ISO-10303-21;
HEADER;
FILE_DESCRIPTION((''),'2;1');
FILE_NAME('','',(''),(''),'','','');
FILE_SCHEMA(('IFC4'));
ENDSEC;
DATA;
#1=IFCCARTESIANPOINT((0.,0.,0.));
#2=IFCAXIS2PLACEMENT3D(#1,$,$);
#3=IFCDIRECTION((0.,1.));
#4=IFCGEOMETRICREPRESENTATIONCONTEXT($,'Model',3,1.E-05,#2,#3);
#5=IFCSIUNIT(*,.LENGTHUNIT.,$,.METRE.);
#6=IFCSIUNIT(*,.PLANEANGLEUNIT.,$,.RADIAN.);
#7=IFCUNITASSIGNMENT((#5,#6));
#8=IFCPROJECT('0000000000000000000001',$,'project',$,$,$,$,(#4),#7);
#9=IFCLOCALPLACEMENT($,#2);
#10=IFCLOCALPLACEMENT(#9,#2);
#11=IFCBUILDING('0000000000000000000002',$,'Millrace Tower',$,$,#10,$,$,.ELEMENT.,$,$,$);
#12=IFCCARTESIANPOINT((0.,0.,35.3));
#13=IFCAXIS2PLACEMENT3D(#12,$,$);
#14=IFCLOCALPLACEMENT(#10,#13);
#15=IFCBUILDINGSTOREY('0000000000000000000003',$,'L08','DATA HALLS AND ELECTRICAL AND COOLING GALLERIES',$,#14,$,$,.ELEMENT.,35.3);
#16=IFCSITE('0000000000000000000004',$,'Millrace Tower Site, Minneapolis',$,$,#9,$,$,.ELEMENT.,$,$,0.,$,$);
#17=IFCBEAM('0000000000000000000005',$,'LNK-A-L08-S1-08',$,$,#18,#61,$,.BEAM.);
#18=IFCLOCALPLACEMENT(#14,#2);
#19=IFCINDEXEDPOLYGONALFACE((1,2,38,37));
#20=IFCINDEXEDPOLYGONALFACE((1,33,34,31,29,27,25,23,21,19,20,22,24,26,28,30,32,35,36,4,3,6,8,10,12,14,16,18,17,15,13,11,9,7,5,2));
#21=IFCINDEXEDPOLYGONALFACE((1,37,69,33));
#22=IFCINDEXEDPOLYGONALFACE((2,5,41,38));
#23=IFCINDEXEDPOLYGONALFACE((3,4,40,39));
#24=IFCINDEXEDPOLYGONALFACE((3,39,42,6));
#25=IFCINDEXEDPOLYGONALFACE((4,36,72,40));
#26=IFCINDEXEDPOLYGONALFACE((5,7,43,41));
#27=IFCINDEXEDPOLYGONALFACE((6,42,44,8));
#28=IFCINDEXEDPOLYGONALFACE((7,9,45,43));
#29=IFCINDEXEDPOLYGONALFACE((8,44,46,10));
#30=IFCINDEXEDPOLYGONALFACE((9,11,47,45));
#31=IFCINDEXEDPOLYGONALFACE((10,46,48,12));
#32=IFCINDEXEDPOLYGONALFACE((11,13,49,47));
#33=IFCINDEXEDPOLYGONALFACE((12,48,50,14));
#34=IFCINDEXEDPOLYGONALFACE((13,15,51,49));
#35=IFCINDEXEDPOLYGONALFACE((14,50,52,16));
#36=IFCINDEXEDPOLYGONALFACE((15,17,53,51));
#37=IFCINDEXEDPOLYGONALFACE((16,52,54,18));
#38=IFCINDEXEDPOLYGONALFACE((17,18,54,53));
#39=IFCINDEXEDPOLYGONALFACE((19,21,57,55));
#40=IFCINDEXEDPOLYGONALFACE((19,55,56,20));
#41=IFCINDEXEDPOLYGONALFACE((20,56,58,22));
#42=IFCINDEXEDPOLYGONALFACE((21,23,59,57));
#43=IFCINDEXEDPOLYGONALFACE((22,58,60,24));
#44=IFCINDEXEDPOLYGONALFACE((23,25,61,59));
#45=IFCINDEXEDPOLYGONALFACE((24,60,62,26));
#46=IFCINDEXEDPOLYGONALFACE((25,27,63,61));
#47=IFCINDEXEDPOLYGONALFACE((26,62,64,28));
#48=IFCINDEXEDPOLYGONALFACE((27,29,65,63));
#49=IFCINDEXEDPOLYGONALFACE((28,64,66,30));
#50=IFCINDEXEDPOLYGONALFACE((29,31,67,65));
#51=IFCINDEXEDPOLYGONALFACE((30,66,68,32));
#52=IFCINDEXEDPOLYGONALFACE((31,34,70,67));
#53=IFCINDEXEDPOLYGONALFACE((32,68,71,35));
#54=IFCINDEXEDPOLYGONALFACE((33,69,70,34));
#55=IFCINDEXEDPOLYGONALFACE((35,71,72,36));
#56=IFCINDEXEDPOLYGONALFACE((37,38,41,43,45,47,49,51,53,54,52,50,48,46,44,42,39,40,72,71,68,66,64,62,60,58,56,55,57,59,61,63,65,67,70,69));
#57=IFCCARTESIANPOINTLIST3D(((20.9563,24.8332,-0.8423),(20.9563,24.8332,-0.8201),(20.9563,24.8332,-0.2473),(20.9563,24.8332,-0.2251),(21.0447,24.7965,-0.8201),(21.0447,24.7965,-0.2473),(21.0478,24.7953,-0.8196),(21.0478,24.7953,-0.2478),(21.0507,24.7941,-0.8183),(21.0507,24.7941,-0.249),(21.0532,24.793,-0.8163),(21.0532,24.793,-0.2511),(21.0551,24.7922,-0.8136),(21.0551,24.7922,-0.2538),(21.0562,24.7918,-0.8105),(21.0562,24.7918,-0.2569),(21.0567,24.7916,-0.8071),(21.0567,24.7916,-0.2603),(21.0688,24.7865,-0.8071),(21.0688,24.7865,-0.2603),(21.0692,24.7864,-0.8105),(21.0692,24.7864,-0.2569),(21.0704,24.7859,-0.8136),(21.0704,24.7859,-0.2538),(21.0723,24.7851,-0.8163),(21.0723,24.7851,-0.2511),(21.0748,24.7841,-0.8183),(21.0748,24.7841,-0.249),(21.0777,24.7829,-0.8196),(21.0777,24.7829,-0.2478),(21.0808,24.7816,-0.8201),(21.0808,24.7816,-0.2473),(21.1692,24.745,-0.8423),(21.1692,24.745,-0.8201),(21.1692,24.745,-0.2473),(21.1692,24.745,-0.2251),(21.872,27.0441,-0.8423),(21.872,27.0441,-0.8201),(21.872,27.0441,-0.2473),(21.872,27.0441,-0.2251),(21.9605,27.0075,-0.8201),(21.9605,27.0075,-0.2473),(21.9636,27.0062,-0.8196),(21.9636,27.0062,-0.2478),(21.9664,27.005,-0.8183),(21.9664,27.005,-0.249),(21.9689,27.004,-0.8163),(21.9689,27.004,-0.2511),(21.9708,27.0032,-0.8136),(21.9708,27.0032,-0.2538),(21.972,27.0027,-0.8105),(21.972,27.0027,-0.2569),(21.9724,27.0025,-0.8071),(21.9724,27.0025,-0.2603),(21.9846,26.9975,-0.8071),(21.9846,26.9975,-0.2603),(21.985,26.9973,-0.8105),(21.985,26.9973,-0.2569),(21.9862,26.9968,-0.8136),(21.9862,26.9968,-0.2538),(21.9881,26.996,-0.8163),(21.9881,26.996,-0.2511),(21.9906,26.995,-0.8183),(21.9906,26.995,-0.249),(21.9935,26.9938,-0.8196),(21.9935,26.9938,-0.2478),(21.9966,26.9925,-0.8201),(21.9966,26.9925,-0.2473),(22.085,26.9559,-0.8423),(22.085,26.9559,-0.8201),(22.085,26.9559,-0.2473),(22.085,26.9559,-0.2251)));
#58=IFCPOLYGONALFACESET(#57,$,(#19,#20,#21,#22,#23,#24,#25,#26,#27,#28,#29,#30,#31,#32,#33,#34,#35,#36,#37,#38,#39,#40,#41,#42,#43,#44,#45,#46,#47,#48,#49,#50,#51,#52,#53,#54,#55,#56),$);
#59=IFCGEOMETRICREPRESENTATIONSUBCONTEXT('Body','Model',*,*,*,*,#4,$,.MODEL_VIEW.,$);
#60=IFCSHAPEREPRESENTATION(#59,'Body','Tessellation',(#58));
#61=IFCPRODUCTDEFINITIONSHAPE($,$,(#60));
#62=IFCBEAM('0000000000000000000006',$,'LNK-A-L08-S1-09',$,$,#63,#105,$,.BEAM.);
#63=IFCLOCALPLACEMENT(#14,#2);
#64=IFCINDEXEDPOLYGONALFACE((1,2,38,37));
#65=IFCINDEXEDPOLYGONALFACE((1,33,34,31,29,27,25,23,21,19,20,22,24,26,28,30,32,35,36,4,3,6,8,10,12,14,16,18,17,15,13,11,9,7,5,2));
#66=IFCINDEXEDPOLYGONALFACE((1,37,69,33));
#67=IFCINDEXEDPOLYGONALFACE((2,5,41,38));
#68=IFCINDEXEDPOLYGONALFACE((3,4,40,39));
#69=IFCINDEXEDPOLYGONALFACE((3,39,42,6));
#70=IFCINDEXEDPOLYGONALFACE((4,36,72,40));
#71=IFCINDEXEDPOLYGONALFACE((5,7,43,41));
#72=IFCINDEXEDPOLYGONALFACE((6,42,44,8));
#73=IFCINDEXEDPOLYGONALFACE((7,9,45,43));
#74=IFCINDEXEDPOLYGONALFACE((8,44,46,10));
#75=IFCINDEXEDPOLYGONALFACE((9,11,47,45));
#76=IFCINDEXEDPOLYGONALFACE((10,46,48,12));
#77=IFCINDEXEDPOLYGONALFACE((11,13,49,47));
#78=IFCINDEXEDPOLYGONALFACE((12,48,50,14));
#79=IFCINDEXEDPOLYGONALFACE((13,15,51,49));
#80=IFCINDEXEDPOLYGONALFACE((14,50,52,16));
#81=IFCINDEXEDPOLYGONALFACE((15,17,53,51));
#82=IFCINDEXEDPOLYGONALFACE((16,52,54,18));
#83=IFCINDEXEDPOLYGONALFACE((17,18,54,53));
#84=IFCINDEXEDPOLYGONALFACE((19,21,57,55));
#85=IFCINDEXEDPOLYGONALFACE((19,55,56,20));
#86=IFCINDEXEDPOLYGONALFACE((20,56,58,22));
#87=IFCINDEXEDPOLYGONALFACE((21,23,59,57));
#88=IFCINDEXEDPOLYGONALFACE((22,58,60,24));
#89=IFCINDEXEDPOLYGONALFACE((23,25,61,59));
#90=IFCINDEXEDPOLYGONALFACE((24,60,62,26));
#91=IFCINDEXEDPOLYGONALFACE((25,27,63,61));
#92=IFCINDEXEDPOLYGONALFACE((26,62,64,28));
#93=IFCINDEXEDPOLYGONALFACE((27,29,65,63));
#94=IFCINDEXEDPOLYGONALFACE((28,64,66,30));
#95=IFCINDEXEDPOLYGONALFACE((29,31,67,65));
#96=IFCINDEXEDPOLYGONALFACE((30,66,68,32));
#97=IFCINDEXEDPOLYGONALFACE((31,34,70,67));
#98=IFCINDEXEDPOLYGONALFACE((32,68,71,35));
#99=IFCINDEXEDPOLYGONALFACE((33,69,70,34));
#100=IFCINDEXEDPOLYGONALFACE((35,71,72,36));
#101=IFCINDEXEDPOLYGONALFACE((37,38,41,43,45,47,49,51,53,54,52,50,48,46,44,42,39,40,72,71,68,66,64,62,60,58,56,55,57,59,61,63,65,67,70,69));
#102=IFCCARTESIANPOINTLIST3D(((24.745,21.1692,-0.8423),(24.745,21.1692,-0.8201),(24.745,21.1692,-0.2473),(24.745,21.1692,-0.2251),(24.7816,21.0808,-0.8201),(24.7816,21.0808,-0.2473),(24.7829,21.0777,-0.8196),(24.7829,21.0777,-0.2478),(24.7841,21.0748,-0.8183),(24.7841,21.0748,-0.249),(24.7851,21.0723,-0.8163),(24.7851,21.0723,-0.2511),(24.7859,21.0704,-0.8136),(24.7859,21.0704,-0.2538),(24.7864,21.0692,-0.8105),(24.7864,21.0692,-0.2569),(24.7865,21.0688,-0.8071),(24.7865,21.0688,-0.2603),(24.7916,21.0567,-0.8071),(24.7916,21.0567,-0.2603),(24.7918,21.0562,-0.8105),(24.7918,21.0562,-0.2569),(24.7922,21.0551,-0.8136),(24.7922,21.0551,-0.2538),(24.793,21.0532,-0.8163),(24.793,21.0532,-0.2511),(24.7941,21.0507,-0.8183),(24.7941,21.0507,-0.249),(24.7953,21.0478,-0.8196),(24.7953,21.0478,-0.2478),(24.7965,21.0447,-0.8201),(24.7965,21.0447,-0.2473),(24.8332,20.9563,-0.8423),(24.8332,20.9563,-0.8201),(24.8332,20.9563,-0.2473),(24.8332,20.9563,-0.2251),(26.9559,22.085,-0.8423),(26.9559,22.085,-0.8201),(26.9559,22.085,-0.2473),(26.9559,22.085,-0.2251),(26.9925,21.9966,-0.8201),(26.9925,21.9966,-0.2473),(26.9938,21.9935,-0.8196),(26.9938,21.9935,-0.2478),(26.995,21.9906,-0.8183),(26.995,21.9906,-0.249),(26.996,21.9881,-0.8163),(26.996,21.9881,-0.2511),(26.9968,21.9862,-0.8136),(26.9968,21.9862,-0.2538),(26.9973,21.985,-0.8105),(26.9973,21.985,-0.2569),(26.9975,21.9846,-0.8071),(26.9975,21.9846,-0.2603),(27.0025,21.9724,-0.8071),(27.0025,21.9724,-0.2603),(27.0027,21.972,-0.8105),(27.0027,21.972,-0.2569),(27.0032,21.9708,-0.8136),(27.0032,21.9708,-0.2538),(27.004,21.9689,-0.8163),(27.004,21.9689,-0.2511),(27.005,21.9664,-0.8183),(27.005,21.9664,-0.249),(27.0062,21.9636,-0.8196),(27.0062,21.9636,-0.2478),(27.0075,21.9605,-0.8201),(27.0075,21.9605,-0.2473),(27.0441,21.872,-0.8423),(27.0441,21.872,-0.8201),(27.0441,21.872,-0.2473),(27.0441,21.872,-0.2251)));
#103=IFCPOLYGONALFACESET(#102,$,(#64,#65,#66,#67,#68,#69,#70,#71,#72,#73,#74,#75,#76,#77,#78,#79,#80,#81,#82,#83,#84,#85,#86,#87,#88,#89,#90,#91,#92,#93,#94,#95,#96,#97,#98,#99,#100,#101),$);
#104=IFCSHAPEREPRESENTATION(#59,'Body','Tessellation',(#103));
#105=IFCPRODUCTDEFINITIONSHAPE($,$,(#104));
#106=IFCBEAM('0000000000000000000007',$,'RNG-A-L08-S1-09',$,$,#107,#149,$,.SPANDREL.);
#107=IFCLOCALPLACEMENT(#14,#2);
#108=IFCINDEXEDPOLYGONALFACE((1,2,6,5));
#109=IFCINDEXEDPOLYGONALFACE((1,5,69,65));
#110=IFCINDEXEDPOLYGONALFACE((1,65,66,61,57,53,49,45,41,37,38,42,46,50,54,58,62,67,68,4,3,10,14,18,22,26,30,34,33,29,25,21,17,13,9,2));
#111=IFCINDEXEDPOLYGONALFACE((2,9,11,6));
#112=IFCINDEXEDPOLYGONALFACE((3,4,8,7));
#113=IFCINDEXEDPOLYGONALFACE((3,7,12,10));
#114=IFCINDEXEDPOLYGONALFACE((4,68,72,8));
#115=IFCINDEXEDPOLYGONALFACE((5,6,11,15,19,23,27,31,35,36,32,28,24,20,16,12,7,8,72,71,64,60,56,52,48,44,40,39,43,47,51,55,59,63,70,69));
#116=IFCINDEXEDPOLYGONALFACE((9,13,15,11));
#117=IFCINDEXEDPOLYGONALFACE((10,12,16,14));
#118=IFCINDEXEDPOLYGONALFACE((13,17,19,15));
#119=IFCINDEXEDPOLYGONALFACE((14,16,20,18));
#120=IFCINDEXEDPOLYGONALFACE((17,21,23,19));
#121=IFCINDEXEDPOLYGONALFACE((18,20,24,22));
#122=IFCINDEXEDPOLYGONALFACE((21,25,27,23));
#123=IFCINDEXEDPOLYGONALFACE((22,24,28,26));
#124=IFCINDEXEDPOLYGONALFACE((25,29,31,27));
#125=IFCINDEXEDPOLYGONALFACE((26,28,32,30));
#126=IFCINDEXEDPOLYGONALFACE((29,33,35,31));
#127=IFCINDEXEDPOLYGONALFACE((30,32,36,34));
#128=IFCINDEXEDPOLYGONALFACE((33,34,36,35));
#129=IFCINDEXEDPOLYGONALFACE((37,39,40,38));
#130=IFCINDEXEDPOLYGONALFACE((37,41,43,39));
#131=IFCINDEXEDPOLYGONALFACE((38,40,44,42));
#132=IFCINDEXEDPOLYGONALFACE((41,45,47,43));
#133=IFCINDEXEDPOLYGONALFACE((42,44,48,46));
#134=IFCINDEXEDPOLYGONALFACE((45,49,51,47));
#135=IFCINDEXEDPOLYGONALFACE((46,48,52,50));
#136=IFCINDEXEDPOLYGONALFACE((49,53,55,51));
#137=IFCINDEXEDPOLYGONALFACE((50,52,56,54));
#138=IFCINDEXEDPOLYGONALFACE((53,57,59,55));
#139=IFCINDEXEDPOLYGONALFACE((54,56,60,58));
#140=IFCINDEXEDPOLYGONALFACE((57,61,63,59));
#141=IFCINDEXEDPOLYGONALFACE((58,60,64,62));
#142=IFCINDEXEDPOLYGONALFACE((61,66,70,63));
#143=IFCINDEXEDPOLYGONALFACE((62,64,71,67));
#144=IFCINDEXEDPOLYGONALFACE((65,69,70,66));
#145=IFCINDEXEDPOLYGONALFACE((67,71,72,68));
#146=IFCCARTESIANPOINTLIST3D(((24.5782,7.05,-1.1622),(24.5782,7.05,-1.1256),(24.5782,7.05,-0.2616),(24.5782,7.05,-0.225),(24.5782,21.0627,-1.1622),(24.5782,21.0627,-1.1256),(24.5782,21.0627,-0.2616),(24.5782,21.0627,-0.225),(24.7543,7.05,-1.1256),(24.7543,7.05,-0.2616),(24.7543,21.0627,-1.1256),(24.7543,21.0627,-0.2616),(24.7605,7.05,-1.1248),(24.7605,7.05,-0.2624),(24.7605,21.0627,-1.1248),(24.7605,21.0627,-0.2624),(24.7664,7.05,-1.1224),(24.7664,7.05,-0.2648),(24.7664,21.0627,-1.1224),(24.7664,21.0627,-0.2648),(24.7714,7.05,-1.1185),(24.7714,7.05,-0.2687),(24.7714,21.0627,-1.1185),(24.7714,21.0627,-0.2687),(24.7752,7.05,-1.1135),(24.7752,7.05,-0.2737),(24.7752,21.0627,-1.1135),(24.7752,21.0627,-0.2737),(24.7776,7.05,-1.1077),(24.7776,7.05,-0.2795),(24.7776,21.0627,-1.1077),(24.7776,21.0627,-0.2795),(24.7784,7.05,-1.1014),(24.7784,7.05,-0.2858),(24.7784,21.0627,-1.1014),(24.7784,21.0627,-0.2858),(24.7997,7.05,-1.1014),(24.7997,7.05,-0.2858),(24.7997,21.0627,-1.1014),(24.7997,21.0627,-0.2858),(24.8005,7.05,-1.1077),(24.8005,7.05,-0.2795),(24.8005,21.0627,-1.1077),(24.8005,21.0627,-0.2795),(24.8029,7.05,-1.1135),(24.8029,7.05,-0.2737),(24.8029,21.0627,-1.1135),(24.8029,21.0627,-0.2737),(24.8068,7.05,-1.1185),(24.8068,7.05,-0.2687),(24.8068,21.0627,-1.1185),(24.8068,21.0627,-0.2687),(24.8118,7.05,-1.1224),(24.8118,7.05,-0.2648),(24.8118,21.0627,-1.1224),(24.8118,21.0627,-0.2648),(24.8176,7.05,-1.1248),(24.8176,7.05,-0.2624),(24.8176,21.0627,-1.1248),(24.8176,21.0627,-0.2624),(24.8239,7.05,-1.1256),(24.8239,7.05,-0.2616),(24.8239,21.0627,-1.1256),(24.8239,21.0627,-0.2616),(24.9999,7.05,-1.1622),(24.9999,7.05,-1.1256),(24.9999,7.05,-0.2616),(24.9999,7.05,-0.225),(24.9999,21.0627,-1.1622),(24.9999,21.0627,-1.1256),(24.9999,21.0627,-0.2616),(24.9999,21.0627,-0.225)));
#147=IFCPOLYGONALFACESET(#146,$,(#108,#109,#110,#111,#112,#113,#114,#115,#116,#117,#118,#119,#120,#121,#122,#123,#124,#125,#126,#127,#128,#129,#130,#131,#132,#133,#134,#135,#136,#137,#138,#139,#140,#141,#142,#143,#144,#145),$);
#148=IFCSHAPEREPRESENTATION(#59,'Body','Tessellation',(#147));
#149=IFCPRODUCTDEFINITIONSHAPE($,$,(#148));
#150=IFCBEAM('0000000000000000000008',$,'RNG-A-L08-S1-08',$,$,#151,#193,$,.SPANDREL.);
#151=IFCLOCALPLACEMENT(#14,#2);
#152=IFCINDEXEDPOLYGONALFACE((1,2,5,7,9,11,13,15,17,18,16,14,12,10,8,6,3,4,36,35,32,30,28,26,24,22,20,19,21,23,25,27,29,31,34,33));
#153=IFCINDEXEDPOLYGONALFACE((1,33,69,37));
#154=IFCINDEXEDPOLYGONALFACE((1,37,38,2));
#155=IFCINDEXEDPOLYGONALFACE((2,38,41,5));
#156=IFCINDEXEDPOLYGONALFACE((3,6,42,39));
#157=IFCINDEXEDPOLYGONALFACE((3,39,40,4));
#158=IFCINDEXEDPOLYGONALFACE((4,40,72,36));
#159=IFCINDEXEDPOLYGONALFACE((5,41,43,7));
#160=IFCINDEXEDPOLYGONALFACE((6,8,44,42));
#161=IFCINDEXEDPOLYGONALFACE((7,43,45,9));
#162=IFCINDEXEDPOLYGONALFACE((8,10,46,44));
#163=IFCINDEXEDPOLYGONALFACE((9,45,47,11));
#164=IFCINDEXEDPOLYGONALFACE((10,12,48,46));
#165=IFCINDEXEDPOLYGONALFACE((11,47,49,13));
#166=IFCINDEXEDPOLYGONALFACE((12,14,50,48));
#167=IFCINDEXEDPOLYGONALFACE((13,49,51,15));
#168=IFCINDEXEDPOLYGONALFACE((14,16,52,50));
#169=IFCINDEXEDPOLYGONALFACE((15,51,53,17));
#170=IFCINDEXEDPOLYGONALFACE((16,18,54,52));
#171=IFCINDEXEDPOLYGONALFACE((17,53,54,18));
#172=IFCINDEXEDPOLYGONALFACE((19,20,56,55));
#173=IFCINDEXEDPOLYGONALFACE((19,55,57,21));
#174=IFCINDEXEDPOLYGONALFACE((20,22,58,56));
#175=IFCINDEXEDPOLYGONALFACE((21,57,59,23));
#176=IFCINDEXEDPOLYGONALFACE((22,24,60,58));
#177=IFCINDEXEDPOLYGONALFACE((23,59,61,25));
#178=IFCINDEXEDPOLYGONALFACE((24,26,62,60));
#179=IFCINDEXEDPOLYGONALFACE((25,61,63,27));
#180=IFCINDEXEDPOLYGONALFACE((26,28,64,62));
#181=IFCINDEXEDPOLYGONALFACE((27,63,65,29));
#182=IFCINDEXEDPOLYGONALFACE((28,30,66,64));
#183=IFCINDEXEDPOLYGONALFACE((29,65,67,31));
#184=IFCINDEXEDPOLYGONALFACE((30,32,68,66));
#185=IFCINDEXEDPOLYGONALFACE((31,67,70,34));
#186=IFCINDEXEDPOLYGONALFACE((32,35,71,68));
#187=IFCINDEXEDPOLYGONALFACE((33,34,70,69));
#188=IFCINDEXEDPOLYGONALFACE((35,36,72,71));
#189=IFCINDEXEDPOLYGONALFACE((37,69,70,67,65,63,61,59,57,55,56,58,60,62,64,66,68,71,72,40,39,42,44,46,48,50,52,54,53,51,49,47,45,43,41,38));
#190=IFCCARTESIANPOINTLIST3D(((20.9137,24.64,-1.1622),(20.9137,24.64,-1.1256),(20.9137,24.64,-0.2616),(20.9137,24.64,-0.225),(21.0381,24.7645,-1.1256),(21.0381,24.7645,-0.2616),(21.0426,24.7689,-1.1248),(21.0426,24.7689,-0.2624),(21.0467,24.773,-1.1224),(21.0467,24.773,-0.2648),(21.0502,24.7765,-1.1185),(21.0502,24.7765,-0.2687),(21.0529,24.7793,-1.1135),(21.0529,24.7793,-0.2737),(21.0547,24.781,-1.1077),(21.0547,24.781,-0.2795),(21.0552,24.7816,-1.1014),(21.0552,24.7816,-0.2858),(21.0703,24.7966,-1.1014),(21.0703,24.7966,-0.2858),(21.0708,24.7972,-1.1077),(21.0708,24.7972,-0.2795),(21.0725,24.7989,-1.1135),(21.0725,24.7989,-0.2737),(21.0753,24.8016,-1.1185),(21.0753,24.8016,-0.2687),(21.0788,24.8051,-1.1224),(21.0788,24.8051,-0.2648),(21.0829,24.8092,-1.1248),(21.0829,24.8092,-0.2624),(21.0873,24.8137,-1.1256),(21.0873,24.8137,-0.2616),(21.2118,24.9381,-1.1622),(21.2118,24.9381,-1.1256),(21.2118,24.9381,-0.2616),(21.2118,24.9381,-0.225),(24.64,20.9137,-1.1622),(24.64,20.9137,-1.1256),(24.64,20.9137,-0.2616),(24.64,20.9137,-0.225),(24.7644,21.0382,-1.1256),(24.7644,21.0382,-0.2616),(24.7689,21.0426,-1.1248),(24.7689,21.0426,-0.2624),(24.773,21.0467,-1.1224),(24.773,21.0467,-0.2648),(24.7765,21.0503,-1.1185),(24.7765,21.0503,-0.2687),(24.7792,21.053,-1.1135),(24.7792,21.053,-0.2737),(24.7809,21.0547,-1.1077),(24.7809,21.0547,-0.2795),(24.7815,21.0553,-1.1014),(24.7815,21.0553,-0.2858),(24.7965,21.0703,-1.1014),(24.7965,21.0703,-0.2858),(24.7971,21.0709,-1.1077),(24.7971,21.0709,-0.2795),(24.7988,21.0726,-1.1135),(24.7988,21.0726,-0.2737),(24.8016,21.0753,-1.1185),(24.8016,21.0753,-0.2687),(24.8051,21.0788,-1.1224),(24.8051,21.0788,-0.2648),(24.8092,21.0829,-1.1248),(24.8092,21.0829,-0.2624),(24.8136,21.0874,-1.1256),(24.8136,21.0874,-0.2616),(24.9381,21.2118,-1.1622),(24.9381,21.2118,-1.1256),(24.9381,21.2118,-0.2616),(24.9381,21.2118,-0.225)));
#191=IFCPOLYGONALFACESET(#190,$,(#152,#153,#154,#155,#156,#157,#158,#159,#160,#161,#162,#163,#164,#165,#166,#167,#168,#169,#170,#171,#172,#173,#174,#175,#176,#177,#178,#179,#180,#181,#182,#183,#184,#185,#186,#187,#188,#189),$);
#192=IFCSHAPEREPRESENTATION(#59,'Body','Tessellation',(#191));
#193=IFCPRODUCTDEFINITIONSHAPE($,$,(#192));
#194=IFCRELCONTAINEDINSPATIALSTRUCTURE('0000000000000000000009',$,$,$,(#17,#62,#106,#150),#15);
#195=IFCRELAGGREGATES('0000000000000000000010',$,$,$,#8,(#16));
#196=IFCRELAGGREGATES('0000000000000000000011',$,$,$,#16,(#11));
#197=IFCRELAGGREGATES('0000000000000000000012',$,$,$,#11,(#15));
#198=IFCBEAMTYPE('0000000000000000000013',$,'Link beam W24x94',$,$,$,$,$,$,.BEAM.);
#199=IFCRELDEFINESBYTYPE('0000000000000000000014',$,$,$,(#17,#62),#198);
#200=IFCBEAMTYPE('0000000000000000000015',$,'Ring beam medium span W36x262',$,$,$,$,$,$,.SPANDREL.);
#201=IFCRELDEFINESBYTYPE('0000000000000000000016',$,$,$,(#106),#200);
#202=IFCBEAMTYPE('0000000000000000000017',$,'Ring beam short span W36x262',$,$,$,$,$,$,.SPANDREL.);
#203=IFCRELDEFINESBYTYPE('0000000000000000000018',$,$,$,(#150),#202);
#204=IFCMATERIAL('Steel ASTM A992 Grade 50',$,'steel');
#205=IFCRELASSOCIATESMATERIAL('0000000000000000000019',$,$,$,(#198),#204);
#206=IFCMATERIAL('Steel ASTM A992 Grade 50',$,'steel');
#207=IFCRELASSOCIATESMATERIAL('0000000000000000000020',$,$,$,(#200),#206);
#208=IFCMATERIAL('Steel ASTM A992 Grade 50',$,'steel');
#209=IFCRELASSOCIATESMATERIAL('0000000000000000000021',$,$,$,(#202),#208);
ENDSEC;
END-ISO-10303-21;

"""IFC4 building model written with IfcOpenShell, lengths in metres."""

from ifc_helpers import new_model, si_unit, direction, frame, origin, origin_2d, place, context, subcontext, project, spatial, i_section, extrude, material, material_profile, profile_set, type_object, element, save


model = new_model("IFC4")

# Units and contexts
model_context = context("Model", 3, precision=1e-05, world=origin(), true_north=direction((0.0, 1.0)))
body_context = subcontext(model_context, "Body", "Model", "MODEL_VIEW")
ifc_project = project(units=[si_unit("LENGTHUNIT", "METRE"), si_unit("PLANEANGLEUNIT", "RADIAN")], contexts=[model_context])

# Site, building, storey
site_placement = place(None, origin())
site = spatial("IfcSite", under=ifc_project, at=site_placement, Name="Millrace Tower Site, Minneapolis", CompositionType="ELEMENT", RefElevation=0.0)
building_placement = place(site_placement, origin())
building = spatial("IfcBuilding", under=site, at=building_placement, Name="Millrace Tower", CompositionType="ELEMENT")
storey_placement = place(building_placement, frame((0.0, 0.0, 35.3)))
storey = spatial("IfcBuildingStorey", under=building, at=storey_placement, Name="L08", Description="DATA HALLS AND ELECTRICAL AND COOLING GALLERIES", CompositionType="ELEMENT", Elevation=35.3)

# Beams
ifc_material_1 = material(Name="Steel ASTM A992 Grade 50", Category="steel")
ifc_material_profile_1 = material_profile(ifc_material_1, i_section(OverallWidth=0.2305, OverallDepth=0.6172, WebThickness=0.0132, FlangeThickness=0.0222, FilletRadius=0.0129, at=origin_2d()))
ifc_profile_set_1 = profile_set([ifc_material_profile_1], Name="Steel ASTM A992 Grade 50")
beam_type_1 = type_object("IfcBeamType", Name="Link beam W24x94", PredefinedType="BEAM", material=ifc_profile_set_1)
for number, where, z_axis, x_axis, name in (
    (1, (21.0627, 24.7891, -0.5337), (0.382673, 0.923884, 0.0), (-0.923884, 0.382673, 0.0), "LNK-A-L08-S1-08"),
    (2, (24.7891, 21.0627, -0.5337), (0.923884, 0.382673, 0.0), (-0.382673, 0.923884, 0.0), "LNK-A-L08-S1-09"),
):
    element("IfcBeam", number, at=place(storey_placement, frame(where, z_axis=z_axis, x_axis=x_axis)), inside=storey, type_object=beam_type_1, Name=name, PredefinedType="BEAM", context=body_context, shape_type="SweptSolid", body=[
        extrude(i_section(OverallWidth=0.2305, OverallDepth=0.6172, WebThickness=0.0132, FlangeThickness=0.0222, FilletRadius=0.0129, at=origin_2d()), origin(), (0.0, 0.0, 1.0), 2.3931),
    ])
ifc_material_2 = material(Name="Steel ASTM A992 Grade 50", Category="steel")
ifc_material_profile_2 = material_profile(ifc_material_2, i_section(OverallWidth=0.4216, OverallDepth=0.9373, WebThickness=0.0212, FlangeThickness=0.0366, FilletRadius=0.0242, at=origin_2d()))
ifc_profile_set_2 = profile_set([ifc_material_profile_2], Name="Steel ASTM A992 Grade 50")
beam_type_2 = type_object("IfcBeamType", Name="Ring beam medium span W36x262", PredefinedType="SPANDREL", material=ifc_profile_set_2)
beam_1_placement = place(storey_placement, frame((24.7891, 21.0627, -0.6936), z_axis=(0.0, -1.0, 0.0), x_axis=(1.0, 0.0, 0.0)))
element("IfcBeam", 3, at=beam_1_placement, inside=storey, type_object=beam_type_2, Name="RNG-A-L08-S1-09", PredefinedType="SPANDREL", context=body_context, shape_type="SweptSolid", body=[
    extrude(i_section(OverallWidth=0.4216, OverallDepth=0.9373, WebThickness=0.0212, FlangeThickness=0.0366, FilletRadius=0.0242, at=origin_2d()), origin(), (0.0, 0.0, 1.0), 14.0127),
])
ifc_material_3 = material(Name="Steel ASTM A992 Grade 50", Category="steel")
ifc_material_profile_3 = material_profile(ifc_material_3, i_section(OverallWidth=0.4216, OverallDepth=0.9373, WebThickness=0.0212, FlangeThickness=0.0366, FilletRadius=0.0242, at=origin_2d()))
ifc_profile_set_3 = profile_set([ifc_material_profile_3], Name="Steel ASTM A992 Grade 50")
beam_type_3 = type_object("IfcBeamType", Name="Ring beam short span W36x262", PredefinedType="SPANDREL", material=ifc_profile_set_3)
beam_2_placement = place(storey_placement, frame((21.0627, 24.7891, -0.6936), z_axis=(0.707107, -0.707107, 0.0), x_axis=(0.707107, 0.707107, 0.0)))
element("IfcBeam", 4, at=beam_2_placement, inside=storey, type_object=beam_type_3, Name="RNG-A-L08-S1-08", PredefinedType="SPANDREL", context=body_context, shape_type="SweptSolid", body=[
    extrude(i_section(OverallWidth=0.4216, OverallDepth=0.9373, WebThickness=0.0212, FlangeThickness=0.0366, FilletRadius=0.0242, at=origin_2d()), origin(), (0.0, 0.0, 1.0), 5.2698),
])

save(model, "model.ifc")
